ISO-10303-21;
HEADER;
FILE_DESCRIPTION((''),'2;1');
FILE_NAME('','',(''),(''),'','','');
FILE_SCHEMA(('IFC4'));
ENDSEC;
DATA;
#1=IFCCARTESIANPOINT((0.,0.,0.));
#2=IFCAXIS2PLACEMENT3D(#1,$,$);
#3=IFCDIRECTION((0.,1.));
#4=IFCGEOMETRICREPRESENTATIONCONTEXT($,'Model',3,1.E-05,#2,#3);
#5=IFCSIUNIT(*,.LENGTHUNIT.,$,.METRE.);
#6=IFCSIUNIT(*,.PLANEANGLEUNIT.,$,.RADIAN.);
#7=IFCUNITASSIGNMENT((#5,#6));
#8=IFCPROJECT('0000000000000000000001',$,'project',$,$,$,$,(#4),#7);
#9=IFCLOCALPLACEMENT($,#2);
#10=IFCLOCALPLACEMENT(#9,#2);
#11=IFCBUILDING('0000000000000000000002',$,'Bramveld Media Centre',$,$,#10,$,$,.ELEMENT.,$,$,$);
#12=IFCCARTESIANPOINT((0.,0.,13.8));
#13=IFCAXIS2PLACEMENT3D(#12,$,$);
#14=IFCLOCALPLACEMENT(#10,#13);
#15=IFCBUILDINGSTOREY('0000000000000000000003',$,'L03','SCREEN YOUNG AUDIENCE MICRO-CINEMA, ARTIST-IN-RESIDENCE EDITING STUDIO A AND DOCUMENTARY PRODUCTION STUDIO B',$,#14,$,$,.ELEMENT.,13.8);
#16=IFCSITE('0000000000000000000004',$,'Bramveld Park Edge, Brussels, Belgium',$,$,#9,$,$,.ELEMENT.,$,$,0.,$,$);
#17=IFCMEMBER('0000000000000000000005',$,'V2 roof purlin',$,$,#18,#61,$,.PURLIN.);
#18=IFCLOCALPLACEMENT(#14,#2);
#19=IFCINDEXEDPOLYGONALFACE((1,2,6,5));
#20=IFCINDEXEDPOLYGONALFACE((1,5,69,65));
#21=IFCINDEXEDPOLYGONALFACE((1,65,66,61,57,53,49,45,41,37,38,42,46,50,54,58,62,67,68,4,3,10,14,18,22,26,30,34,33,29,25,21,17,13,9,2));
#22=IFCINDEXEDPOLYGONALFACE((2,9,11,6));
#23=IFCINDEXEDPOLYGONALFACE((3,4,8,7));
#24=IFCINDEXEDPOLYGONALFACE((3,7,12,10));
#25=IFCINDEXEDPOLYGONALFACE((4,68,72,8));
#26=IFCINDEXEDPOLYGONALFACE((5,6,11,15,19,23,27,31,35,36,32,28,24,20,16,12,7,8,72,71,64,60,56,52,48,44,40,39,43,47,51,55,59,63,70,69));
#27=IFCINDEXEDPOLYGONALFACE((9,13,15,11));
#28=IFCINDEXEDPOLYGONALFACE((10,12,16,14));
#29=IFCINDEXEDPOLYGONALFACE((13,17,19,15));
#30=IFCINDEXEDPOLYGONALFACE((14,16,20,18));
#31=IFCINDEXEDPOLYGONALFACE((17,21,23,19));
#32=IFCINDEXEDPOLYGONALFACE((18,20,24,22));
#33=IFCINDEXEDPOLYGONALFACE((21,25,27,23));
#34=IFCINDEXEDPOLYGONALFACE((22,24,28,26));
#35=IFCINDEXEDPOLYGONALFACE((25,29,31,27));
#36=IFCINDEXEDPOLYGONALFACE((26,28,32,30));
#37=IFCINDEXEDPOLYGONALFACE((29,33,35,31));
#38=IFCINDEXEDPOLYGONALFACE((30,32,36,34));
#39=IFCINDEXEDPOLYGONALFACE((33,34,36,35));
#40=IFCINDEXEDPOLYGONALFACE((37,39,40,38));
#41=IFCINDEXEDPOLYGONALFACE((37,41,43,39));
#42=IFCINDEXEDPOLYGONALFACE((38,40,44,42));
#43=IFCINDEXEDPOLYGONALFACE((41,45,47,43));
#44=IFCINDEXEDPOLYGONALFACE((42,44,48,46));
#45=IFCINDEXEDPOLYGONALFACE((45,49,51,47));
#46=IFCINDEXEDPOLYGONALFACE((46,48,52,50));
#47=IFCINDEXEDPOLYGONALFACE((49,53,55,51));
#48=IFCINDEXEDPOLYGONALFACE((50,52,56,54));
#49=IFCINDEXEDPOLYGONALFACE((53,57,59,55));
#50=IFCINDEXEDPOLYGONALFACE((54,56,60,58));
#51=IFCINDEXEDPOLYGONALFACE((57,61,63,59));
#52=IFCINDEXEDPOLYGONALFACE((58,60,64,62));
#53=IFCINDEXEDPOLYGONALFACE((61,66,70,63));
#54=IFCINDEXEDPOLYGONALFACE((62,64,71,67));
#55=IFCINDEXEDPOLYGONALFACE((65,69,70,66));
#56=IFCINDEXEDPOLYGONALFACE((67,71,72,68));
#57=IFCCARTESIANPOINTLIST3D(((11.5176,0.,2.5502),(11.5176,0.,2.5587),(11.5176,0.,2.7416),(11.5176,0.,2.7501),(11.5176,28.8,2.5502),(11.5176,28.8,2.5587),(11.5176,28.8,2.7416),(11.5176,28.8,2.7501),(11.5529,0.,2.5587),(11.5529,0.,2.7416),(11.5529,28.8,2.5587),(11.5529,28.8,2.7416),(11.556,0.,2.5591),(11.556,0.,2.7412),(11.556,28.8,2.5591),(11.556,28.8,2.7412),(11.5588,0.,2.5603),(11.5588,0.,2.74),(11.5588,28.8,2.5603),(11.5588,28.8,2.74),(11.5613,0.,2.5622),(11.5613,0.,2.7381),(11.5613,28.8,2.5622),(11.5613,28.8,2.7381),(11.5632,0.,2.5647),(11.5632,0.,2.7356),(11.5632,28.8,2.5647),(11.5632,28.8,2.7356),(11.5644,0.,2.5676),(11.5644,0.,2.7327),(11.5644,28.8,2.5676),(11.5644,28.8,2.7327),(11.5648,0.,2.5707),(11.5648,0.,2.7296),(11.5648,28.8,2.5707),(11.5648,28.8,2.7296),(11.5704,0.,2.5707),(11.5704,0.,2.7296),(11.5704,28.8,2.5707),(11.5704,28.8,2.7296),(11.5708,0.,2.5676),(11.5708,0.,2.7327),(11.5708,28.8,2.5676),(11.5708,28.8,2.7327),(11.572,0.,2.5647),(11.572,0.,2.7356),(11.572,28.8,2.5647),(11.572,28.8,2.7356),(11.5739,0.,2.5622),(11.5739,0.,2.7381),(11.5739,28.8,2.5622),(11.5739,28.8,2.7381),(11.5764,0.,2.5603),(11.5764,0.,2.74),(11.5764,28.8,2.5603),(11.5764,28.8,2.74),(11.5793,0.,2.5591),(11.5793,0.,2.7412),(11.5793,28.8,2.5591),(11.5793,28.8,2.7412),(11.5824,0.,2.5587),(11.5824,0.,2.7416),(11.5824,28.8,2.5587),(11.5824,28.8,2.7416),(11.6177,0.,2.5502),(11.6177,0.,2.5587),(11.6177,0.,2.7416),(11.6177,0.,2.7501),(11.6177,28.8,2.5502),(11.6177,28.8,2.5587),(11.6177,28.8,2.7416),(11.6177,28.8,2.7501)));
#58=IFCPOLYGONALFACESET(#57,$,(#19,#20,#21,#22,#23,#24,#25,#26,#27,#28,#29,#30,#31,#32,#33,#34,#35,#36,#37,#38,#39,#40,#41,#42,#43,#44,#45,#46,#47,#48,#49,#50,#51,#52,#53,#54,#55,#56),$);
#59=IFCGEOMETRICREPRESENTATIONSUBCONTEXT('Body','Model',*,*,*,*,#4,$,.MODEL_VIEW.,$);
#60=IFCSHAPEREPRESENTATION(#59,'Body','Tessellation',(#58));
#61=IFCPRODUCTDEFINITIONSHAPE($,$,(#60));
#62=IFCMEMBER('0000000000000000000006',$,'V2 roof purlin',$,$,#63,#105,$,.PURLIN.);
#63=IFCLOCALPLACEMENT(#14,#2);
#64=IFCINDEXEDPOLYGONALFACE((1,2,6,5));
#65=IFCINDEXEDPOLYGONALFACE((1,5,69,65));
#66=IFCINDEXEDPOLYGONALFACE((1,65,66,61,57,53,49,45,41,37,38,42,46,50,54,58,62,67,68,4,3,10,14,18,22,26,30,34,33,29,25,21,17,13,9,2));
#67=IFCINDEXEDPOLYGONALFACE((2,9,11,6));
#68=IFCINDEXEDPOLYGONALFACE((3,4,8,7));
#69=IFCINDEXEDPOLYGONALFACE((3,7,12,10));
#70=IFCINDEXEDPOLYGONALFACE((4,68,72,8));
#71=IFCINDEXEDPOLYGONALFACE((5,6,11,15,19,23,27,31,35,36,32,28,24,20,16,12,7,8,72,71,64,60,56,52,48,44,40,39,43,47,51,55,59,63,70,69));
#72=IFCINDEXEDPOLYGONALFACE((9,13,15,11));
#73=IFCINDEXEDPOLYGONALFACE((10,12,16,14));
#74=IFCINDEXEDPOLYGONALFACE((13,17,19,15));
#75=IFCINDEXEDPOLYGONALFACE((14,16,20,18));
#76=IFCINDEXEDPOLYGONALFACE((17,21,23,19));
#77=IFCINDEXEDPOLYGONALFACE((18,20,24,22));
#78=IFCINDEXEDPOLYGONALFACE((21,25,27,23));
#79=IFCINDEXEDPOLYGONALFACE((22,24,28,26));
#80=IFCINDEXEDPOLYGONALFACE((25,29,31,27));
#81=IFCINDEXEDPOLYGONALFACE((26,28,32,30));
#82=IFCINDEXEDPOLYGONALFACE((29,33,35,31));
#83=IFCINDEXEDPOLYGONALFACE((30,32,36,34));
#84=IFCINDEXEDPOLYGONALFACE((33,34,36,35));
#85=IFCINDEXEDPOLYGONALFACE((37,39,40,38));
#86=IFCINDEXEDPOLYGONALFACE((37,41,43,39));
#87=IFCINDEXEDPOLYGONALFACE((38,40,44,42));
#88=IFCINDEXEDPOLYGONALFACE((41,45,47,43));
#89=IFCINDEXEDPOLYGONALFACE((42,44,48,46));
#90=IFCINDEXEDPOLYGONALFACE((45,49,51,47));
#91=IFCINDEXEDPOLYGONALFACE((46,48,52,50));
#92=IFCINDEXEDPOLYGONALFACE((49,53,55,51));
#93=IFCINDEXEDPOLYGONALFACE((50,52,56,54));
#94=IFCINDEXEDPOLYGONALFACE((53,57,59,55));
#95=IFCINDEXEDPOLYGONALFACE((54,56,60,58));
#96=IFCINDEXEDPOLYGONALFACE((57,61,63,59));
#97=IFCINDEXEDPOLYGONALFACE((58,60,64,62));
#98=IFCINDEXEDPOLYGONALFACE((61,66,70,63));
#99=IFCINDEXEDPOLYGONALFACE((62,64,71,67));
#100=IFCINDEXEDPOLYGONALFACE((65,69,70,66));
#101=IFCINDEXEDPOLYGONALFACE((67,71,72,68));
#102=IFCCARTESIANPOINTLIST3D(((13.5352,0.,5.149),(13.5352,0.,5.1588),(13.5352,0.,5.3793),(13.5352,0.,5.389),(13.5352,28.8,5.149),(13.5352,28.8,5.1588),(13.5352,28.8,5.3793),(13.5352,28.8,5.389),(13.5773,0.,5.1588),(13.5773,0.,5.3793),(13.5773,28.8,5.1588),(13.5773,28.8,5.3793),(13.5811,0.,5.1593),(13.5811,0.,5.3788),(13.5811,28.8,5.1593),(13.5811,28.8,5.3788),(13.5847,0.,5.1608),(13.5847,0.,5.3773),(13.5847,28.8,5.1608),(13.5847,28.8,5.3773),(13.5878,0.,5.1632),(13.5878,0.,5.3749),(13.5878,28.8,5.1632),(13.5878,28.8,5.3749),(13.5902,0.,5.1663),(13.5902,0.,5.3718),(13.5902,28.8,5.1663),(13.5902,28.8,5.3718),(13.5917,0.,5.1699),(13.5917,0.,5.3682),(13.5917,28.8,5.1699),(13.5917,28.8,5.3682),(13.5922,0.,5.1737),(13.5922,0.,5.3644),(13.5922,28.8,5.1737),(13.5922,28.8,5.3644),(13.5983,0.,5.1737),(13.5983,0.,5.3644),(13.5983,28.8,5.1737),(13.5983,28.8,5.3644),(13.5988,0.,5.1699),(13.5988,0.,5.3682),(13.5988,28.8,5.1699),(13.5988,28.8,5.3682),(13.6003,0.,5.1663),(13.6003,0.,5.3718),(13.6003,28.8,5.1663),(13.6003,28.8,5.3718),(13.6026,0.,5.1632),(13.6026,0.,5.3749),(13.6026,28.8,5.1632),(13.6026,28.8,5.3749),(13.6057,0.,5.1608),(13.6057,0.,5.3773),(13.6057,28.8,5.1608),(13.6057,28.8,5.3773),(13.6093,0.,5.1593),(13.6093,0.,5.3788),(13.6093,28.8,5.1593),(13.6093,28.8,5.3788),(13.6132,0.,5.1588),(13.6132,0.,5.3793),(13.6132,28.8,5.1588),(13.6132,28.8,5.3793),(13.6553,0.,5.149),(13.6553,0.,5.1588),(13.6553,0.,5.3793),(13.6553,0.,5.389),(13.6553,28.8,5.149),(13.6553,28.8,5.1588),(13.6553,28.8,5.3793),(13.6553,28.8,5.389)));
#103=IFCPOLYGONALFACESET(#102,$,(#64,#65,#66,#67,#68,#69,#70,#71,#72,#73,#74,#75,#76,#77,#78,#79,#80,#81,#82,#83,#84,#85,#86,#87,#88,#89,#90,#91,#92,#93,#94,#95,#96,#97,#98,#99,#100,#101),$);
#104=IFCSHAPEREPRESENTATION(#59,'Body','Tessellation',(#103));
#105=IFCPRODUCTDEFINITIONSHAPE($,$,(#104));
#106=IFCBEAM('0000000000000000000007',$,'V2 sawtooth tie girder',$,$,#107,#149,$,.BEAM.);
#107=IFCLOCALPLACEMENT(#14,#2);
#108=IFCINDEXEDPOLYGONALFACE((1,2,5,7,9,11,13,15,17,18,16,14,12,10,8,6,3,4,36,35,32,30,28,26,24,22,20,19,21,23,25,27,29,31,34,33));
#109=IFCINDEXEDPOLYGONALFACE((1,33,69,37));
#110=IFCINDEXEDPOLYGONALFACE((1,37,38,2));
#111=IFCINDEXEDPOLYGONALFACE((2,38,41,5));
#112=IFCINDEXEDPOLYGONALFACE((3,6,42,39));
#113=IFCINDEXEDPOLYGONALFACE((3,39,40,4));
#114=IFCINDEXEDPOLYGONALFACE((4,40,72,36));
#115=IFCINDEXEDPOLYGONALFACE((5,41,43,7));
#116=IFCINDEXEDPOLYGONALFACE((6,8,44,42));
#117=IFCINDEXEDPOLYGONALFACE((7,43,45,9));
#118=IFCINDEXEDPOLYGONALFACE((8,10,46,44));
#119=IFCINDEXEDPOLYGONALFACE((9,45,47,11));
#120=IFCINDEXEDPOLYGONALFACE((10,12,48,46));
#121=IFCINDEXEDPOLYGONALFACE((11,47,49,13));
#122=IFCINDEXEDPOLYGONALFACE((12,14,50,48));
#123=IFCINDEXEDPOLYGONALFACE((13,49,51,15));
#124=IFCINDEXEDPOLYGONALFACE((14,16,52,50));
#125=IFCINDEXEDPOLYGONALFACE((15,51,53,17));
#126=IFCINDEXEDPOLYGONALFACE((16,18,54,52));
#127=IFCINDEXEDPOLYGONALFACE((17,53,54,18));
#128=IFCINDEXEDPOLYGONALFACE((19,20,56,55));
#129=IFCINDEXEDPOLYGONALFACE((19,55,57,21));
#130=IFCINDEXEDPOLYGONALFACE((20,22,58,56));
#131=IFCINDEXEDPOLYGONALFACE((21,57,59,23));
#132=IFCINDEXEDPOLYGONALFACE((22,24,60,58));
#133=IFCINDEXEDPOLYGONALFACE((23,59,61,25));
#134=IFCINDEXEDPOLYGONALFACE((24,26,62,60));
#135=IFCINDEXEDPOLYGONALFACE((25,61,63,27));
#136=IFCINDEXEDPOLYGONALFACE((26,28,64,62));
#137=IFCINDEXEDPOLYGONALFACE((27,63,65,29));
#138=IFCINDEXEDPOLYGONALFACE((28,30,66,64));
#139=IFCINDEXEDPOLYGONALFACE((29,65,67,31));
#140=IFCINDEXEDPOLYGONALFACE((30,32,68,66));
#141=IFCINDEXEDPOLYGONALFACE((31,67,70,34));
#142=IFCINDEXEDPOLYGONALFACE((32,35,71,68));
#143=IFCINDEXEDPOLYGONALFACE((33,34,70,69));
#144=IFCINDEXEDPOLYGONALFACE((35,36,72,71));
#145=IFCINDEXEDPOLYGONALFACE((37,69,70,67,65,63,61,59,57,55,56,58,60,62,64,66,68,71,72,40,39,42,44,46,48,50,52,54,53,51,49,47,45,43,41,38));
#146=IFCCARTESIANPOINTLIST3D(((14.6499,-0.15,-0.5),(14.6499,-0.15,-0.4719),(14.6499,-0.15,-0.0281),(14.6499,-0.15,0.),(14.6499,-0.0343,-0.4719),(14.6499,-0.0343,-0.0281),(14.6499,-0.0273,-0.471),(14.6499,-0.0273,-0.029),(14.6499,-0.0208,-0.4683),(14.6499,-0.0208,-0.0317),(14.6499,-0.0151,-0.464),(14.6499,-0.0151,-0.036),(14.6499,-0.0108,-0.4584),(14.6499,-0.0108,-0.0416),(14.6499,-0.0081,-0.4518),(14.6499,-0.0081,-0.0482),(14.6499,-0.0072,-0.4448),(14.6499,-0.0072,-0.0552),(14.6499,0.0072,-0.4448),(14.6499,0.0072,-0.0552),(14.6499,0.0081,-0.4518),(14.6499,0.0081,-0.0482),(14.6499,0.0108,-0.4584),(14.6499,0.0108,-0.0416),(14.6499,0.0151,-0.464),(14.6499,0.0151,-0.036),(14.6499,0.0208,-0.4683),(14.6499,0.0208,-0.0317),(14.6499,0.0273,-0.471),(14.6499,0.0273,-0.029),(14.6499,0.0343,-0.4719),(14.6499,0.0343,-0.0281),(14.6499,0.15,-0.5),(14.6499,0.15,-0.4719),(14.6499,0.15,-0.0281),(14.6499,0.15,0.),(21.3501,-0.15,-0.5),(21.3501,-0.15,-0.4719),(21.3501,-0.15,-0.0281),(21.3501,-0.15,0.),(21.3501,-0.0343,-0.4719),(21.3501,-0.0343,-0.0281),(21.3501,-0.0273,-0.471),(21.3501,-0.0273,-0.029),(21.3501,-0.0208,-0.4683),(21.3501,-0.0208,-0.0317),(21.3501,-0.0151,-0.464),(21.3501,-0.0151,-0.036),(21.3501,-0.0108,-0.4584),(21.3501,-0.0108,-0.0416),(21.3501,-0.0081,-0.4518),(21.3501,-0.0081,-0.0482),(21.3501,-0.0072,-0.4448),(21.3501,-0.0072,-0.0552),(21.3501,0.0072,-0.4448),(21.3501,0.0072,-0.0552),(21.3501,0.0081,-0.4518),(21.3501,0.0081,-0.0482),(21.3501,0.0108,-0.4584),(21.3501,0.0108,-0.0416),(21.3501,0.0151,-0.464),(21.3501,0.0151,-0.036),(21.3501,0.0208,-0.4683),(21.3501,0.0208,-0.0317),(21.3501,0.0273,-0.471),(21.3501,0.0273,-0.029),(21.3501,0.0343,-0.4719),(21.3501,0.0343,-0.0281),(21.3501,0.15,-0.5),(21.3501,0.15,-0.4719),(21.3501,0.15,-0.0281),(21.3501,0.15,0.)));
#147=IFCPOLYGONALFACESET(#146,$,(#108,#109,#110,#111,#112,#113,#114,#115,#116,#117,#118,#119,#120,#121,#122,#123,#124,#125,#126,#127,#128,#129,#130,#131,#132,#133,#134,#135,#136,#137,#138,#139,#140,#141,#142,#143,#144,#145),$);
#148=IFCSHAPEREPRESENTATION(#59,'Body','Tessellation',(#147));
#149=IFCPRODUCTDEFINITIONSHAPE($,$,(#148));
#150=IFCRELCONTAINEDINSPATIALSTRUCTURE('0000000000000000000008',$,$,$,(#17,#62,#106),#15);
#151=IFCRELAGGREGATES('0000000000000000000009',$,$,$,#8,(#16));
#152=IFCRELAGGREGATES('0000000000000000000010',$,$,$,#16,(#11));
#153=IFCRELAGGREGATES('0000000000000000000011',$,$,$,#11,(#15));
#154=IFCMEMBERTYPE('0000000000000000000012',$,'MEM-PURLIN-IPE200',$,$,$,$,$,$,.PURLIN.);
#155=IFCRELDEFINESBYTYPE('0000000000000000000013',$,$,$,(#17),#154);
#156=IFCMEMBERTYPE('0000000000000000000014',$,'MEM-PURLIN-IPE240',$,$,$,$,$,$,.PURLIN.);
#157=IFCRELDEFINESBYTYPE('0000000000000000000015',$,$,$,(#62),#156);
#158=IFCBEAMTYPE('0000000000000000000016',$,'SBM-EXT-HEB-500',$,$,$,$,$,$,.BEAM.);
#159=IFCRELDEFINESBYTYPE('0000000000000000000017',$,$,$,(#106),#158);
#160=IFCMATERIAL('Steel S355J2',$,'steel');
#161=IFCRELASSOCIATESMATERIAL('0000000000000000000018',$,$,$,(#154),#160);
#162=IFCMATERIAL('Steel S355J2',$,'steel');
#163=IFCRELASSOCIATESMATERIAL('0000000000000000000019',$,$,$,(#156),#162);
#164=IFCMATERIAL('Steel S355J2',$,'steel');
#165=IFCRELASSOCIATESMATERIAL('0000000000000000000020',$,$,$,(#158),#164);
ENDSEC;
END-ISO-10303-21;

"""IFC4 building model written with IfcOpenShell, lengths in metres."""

from ifc_helpers import new_model, si_unit, direction, frame, origin, origin_2d, place, context, subcontext, project, spatial, i_section, extrude, material, material_profile, profile_set, type_object, element, save


model = new_model("IFC4")

# Units and contexts
model_context = context("Model", 3, precision=1e-05, world=origin(), true_north=direction((0.0, 1.0)))
body_context = subcontext(model_context, "Body", "Model", "MODEL_VIEW")
ifc_project = project(units=[si_unit("LENGTHUNIT", "METRE"), si_unit("PLANEANGLEUNIT", "RADIAN")], contexts=[model_context])

# Site, building, storey
site_placement = place(None, origin())
site = spatial("IfcSite", under=ifc_project, at=site_placement, Name="Bramveld Park Edge, Brussels, Belgium", CompositionType="ELEMENT", RefElevation=0.0)
building_placement = place(site_placement, origin())
building = spatial("IfcBuilding", under=site, at=building_placement, Name="Bramveld Media Centre", CompositionType="ELEMENT")
storey_placement = place(building_placement, frame((0.0, 0.0, 13.8)))
storey = spatial("IfcBuildingStorey", under=building, at=storey_placement, Name="L03", Description="SCREEN YOUNG AUDIENCE MICRO-CINEMA, ARTIST-IN-RESIDENCE EDITING STUDIO A AND DOCUMENTARY PRODUCTION STUDIO B", CompositionType="ELEMENT", Elevation=13.8)

# Members
ifc_material_1 = material(Name="Steel S355J2", Category="steel")
ifc_material_profile_1 = material_profile(ifc_material_1, i_section(OverallWidth=0.1001, OverallDepth=0.2, WebThickness=0.0056, FlangeThickness=0.0085, FilletRadius=0.012, at=origin_2d()), Name="IPE 200")
ifc_profile_set_1 = profile_set([ifc_material_profile_1], Name="Steel S355J2")
member_type_1 = type_object("IfcMemberType", Name="MEM-PURLIN-IPE200", PredefinedType="PURLIN", material=ifc_profile_set_1)
member_1_placement = place(storey_placement, frame((11.5676, 0.0, 2.6501), z_axis=(0.0, 1.0, 0.0), x_axis=(-1.0, 0.0, 0.0)))
element("IfcMember", 1, at=member_1_placement, inside=storey, type_object=member_type_1, Name="V2 roof purlin", PredefinedType="PURLIN", context=body_context, shape_type="SweptSolid", body=[
    extrude(i_section(OverallWidth=0.1001, OverallDepth=0.2, WebThickness=0.0056, FlangeThickness=0.0085, FilletRadius=0.012, at=origin_2d()), origin(), (0.0, 0.0, 1.0), 28.8),
])
ifc_material_2 = material(Name="Steel S355J2", Category="steel")
ifc_material_profile_2 = material_profile(ifc_material_2, i_section(OverallWidth=0.1201, OverallDepth=0.24, WebThickness=0.0061, FlangeThickness=0.0098, FilletRadius=0.0149, at=origin_2d()), Name="IPE 240")
ifc_profile_set_2 = profile_set([ifc_material_profile_2], Name="Steel S355J2")
member_type_2 = type_object("IfcMemberType", Name="MEM-PURLIN-IPE240", PredefinedType="PURLIN", material=ifc_profile_set_2)
member_2_placement = place(storey_placement, frame((13.5952, 0.0, 5.269), z_axis=(0.0, 1.0, 0.0), x_axis=(-1.0, 0.0, 0.0)))
element("IfcMember", 2, at=member_2_placement, inside=storey, type_object=member_type_2, Name="V2 roof purlin", PredefinedType="PURLIN", context=body_context, shape_type="SweptSolid", body=[
    extrude(i_section(OverallWidth=0.1201, OverallDepth=0.24, WebThickness=0.0061, FlangeThickness=0.0098, FilletRadius=0.0149, at=origin_2d()), origin(), (0.0, 0.0, 1.0), 28.8),
])

# Beam
ifc_material_3 = material(Name="Steel S355J2", Category="steel")
ifc_material_profile_3 = material_profile(ifc_material_3, i_section(OverallWidth=0.3, OverallDepth=0.5, WebThickness=0.0144, FlangeThickness=0.0281, FilletRadius=0.0271, at=origin_2d()), Name="HEB 500")
ifc_profile_set_3 = profile_set([ifc_material_profile_3], Name="Steel S355J2")
beam_type_1 = type_object("IfcBeamType", Name="SBM-EXT-HEB-500", PredefinedType="BEAM", material=ifc_profile_set_3)
beam_1_placement = place(storey_placement, frame((14.6499, 0.0, -0.25), z_axis=(1.0, 0.0, 0.0), x_axis=(0.0, 1.0, 0.0)))
element("IfcBeam", 3, at=beam_1_placement, inside=storey, type_object=beam_type_1, Name="V2 sawtooth tie girder", PredefinedType="BEAM", context=body_context, shape_type="SweptSolid", body=[
    extrude(i_section(OverallWidth=0.3, OverallDepth=0.5, WebThickness=0.0144, FlangeThickness=0.0281, FilletRadius=0.0271, at=origin_2d()), origin(), (0.0, 0.0, 1.0), 6.7002),
])

save(model, "model.ifc")
